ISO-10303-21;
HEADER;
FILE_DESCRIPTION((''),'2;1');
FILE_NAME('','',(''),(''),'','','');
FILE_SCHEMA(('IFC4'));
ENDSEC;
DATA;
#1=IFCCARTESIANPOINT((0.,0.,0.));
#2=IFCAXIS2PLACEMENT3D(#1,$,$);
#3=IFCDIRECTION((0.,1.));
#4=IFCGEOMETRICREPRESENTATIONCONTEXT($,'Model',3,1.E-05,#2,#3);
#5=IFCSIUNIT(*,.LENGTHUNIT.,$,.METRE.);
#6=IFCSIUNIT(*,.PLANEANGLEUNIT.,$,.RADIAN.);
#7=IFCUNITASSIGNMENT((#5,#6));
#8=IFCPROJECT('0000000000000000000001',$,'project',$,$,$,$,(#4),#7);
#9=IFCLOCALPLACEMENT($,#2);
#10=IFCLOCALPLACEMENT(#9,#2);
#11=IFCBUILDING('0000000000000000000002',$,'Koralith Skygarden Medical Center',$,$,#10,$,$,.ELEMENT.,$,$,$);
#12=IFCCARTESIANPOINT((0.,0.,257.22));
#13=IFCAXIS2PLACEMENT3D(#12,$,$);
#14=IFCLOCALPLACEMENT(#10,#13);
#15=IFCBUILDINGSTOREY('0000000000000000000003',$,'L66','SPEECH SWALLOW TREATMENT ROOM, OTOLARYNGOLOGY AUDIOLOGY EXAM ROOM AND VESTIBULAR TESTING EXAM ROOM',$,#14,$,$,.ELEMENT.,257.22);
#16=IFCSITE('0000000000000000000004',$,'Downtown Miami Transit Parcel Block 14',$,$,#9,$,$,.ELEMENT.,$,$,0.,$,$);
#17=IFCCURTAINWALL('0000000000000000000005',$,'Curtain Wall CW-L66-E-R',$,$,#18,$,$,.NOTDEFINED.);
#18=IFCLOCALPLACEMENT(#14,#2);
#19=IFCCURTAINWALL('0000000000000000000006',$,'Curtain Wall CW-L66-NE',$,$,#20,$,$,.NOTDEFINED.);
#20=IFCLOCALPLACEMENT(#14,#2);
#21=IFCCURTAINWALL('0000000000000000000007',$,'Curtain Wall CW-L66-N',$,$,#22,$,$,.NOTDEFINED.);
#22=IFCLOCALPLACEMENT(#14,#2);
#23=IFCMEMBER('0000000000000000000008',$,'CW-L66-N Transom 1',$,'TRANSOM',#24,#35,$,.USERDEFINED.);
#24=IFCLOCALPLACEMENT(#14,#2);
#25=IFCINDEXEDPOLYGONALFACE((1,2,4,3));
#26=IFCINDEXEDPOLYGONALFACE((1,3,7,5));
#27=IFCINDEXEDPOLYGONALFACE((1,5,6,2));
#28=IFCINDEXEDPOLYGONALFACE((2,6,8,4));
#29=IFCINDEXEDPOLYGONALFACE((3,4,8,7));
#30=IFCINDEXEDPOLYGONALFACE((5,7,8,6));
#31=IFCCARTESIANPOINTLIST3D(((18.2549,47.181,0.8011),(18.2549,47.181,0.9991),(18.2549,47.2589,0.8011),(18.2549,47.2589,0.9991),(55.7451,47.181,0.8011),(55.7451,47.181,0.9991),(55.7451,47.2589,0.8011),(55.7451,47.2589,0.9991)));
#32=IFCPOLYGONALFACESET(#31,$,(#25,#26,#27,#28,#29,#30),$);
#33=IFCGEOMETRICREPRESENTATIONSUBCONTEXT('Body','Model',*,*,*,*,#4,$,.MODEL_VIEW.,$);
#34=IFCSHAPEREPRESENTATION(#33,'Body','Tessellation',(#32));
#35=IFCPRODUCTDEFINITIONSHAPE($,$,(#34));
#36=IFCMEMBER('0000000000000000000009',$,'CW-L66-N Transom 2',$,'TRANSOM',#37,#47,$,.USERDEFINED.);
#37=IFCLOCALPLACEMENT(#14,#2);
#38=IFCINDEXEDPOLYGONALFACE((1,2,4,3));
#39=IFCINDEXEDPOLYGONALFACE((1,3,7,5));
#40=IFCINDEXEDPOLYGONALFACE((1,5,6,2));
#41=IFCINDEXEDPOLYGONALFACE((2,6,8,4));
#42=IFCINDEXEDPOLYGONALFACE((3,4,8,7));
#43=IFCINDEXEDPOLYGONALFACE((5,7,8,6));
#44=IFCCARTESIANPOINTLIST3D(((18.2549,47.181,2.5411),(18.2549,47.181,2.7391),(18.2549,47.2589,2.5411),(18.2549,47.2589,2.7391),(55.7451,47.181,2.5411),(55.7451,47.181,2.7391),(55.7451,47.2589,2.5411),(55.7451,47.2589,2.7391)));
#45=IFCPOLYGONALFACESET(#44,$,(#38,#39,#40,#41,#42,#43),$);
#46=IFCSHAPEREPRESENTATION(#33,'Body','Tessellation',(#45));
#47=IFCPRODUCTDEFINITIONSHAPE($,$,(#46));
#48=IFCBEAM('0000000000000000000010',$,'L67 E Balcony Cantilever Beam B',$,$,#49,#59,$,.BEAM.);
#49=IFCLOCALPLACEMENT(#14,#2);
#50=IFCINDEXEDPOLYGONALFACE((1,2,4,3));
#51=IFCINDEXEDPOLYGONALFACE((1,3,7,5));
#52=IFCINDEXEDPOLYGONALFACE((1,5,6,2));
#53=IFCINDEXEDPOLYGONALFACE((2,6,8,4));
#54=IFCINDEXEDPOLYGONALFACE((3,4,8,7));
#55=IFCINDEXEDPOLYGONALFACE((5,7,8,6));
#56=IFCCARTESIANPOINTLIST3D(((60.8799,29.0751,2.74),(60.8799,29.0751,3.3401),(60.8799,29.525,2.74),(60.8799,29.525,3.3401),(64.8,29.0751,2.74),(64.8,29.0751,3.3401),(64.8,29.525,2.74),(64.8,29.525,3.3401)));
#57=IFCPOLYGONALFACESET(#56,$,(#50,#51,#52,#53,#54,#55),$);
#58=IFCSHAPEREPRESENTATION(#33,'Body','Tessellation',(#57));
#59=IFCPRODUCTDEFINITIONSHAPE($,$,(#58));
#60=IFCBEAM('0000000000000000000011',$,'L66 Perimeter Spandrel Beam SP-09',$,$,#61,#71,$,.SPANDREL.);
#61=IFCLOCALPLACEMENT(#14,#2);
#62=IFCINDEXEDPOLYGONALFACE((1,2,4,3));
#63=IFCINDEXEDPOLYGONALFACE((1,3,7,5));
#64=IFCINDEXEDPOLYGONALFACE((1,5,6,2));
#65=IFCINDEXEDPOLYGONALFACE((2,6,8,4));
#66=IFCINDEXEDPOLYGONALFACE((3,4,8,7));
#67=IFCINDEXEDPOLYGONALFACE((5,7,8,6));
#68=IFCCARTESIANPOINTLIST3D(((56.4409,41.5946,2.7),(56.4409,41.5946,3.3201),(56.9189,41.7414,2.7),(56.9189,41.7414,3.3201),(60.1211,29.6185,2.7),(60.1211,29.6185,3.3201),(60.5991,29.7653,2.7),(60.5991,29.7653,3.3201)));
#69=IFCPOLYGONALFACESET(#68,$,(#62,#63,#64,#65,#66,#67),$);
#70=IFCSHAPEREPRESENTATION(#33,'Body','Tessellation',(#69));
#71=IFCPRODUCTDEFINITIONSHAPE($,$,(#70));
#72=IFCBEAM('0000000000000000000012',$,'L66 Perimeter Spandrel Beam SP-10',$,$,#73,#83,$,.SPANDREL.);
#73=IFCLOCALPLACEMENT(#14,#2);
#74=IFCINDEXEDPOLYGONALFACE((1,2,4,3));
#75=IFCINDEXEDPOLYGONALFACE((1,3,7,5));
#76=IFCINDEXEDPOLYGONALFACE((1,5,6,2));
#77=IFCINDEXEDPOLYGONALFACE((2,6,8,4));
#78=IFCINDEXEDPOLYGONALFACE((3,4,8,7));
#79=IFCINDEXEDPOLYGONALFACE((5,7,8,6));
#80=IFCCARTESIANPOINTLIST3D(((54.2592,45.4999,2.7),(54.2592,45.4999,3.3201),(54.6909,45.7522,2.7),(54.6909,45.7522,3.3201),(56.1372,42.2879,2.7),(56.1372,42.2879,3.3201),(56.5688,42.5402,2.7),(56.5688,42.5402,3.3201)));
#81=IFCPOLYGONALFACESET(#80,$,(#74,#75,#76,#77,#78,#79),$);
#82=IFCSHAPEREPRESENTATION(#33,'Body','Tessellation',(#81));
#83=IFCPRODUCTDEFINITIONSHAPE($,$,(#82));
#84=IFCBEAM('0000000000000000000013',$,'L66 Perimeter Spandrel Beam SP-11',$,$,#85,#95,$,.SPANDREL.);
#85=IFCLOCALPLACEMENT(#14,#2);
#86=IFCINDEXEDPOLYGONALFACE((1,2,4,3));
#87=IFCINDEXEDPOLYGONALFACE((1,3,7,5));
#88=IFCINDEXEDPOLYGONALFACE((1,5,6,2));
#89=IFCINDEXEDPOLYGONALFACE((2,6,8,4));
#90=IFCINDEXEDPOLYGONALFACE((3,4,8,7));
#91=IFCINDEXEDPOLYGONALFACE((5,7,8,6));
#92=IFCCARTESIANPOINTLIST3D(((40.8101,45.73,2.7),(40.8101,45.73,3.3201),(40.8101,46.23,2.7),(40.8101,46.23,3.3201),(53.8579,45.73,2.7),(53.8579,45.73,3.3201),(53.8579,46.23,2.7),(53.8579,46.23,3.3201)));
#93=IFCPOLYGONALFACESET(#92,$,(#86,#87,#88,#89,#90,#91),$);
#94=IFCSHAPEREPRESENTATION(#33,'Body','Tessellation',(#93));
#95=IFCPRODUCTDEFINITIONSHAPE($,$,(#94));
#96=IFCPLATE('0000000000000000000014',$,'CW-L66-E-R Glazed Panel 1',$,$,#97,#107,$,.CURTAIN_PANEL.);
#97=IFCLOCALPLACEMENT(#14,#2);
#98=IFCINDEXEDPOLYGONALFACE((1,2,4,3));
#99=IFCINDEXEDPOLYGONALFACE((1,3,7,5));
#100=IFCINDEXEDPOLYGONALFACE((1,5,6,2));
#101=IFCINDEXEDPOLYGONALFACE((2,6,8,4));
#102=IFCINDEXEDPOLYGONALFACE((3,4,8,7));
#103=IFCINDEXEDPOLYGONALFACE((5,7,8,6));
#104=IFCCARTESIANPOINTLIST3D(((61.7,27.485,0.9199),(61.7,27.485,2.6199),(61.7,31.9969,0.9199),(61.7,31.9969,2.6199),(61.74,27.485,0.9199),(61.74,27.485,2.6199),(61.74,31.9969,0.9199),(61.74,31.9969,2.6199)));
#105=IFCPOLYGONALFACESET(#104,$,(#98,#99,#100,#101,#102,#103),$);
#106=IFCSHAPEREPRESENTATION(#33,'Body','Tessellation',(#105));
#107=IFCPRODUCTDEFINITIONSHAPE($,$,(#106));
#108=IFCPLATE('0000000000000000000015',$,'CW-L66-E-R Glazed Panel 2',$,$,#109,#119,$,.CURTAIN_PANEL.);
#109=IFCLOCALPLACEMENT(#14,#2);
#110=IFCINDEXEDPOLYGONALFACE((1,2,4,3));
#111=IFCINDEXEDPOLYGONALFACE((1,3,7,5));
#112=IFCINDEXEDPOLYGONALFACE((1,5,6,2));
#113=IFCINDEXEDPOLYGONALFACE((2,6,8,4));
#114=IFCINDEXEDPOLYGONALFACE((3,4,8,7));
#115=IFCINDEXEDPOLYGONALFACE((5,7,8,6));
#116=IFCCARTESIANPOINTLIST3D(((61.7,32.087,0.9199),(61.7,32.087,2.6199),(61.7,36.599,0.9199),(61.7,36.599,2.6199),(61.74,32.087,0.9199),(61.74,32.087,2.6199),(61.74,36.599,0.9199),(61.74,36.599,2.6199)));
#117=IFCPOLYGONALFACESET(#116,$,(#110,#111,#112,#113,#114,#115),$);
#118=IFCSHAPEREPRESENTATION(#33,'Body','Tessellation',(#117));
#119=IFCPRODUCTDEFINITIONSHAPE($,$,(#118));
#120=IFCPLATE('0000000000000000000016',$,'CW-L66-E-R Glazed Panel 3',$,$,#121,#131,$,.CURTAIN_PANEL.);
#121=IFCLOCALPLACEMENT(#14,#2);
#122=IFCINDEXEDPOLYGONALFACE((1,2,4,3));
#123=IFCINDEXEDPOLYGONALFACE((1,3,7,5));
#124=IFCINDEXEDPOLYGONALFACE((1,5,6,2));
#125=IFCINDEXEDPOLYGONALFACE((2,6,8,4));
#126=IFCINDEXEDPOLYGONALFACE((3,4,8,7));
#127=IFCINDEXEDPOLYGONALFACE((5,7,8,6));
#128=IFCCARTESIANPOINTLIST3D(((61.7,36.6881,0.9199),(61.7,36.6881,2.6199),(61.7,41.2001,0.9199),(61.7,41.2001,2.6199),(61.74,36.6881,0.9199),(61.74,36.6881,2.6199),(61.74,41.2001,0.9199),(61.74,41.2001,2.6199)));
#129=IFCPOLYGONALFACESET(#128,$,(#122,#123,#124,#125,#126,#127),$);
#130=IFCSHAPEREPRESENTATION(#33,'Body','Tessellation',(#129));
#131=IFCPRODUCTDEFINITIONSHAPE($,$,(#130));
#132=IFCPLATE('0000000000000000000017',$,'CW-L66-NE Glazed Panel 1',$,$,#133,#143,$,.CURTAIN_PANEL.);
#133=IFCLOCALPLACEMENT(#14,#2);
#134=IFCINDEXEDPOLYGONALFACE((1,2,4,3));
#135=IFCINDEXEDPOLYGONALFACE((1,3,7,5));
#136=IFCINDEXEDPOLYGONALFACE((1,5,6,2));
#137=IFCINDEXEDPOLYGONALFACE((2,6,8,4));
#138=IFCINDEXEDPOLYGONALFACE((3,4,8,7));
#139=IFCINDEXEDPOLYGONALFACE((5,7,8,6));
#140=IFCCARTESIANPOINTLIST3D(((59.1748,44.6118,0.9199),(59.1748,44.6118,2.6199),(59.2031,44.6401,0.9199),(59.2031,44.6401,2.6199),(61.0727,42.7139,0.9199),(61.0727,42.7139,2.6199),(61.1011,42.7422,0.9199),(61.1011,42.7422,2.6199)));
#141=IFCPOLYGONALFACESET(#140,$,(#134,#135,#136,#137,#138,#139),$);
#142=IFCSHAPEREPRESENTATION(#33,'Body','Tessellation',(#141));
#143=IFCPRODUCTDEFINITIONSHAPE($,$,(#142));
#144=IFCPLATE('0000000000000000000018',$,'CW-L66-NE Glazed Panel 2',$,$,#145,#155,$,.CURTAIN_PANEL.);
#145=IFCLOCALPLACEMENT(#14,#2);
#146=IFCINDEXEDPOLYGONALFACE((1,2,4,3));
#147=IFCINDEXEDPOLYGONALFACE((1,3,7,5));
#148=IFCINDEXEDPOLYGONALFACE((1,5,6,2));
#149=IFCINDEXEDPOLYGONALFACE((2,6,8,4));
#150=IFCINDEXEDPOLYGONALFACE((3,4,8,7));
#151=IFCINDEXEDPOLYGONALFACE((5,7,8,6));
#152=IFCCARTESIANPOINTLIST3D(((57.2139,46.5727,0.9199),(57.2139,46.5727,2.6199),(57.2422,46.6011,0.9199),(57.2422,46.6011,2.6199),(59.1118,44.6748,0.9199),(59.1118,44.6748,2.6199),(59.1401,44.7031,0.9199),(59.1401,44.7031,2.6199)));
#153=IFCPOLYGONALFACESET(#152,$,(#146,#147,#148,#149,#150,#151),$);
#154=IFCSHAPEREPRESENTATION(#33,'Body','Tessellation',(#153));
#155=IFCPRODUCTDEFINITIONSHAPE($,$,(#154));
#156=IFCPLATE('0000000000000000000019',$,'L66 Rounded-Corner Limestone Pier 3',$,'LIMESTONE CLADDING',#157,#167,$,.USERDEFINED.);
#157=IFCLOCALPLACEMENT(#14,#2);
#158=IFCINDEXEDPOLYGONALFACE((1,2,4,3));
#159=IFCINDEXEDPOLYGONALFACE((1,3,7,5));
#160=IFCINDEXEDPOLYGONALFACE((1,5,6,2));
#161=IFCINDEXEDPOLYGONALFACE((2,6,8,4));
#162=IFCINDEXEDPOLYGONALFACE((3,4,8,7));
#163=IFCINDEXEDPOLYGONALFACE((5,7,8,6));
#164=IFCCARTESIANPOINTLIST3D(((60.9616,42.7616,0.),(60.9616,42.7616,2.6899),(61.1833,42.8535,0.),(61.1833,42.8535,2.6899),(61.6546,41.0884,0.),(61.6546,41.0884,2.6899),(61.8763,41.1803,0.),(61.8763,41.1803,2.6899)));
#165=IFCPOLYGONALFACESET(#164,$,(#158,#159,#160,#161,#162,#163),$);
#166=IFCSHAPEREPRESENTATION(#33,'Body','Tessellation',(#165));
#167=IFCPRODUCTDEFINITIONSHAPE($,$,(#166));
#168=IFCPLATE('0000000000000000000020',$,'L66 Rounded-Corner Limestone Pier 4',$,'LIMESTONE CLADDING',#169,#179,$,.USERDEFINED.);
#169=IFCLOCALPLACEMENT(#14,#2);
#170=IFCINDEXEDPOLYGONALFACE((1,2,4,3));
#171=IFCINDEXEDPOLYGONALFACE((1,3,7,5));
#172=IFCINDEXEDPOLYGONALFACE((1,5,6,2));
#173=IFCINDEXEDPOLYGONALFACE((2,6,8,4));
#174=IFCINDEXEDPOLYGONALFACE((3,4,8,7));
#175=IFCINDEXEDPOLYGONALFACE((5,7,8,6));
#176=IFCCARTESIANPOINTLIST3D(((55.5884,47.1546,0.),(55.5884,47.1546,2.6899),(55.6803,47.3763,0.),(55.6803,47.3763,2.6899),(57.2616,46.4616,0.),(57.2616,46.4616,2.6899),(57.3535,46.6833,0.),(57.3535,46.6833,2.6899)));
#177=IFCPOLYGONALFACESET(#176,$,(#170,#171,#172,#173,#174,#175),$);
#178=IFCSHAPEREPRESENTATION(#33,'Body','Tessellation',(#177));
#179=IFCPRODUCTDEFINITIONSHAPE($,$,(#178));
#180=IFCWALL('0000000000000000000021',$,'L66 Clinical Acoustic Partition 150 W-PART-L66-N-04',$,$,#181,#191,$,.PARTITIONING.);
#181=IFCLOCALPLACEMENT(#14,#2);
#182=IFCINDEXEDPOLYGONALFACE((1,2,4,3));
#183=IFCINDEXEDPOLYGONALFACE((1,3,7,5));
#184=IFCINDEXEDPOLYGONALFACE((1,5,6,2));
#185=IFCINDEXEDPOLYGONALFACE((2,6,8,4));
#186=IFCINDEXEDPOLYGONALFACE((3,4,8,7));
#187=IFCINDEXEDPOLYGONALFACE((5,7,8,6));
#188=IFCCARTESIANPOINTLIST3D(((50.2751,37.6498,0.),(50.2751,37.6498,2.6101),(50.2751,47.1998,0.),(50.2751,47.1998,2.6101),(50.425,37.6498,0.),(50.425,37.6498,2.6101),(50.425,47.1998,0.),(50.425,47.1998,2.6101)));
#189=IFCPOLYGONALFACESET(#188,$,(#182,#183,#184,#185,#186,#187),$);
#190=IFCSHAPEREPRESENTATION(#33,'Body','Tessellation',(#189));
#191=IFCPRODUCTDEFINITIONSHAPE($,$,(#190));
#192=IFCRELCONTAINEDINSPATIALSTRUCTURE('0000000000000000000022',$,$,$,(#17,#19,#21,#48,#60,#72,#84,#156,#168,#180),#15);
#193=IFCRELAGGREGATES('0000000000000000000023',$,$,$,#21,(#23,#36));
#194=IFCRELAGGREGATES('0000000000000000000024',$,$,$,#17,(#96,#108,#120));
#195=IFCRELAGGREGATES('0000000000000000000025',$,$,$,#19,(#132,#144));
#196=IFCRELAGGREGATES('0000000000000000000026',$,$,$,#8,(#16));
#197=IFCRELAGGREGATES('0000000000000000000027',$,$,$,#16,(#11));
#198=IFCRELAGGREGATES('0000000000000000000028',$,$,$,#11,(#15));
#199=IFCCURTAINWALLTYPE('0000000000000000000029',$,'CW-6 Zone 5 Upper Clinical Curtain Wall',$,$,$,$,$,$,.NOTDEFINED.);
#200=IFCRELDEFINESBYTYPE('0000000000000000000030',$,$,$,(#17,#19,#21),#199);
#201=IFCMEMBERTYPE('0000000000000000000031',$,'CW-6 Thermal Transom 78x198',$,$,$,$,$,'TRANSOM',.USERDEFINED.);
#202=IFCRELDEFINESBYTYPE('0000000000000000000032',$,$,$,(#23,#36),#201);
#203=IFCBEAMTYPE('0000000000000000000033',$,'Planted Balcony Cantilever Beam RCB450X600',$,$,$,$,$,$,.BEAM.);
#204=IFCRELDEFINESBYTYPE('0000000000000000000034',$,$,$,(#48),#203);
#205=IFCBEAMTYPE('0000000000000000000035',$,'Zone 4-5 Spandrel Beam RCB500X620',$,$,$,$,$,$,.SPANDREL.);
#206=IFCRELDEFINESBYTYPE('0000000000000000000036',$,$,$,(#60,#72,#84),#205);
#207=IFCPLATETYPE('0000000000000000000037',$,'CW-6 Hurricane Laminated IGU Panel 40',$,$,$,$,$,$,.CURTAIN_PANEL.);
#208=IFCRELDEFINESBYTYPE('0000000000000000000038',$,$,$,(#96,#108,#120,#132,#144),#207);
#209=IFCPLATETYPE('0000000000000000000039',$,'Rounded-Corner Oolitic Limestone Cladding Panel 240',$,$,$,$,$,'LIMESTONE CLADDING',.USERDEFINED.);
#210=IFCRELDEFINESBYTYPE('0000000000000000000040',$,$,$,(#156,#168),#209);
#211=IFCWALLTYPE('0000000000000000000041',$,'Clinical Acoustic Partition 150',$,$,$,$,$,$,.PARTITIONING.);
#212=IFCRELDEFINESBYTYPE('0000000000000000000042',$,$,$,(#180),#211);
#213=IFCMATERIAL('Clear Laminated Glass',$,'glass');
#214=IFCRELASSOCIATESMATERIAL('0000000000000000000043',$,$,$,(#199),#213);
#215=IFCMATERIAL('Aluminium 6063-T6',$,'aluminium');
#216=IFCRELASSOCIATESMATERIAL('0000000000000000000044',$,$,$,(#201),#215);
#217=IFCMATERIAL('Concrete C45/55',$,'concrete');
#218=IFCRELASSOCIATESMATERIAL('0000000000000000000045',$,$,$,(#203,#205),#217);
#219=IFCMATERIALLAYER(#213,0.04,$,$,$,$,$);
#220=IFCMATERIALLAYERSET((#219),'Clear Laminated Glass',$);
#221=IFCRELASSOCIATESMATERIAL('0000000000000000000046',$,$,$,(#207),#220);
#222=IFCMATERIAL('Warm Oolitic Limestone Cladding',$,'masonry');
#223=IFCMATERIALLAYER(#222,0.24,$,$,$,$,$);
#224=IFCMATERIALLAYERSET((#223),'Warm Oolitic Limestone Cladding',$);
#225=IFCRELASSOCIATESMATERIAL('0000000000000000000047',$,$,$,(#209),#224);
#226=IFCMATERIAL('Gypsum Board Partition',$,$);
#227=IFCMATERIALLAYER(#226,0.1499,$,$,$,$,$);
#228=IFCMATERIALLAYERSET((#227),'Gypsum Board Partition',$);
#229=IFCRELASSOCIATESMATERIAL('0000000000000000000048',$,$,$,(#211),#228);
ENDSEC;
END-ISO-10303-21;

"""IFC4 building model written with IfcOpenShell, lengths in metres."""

from ifc_helpers import new_model, si_unit, direction, frame, frame_2d, origin, origin_2d, place, context, subcontext, project, spatial, rectangle, extrude, material, layer, layer_set, material_profile, profile_set, type_object, element, aggregate, save


model = new_model("IFC4")

# Units and contexts
model_context = context("Model", 3, precision=1e-05, world=origin(), true_north=direction((0.0, 1.0)))
body_context = subcontext(model_context, "Body", "Model", "MODEL_VIEW")
ifc_project = project(units=[si_unit("LENGTHUNIT", "METRE"), si_unit("PLANEANGLEUNIT", "RADIAN")], contexts=[model_context])

# Site, building, storey
site_placement = place(None, origin())
site = spatial("IfcSite", under=ifc_project, at=site_placement, Name="Downtown Miami Transit Parcel Block 14", CompositionType="ELEMENT", RefElevation=0.0)
building_placement = place(site_placement, origin())
building = spatial("IfcBuilding", under=site, at=building_placement, Name="Koralith Skygarden Medical Center", CompositionType="ELEMENT")
storey_placement = place(building_placement, frame((0.0, 0.0, 257.22)))
storey = spatial("IfcBuildingStorey", under=building, at=storey_placement, Name="L66", Description="SPEECH SWALLOW TREATMENT ROOM, OTOLARYNGOLOGY AUDIOLOGY EXAM ROOM AND VESTIBULAR TESTING EXAM ROOM", CompositionType="ELEMENT", Elevation=257.22)

# Curtain walls
ifc_material_1 = material(Name="Clear Laminated Glass", Category="glass")
curtain_wall_type = type_object("IfcCurtainWallType", Name="CW-6 Zone 5 Upper Clinical Curtain Wall", PredefinedType="NOTDEFINED", material=ifc_material_1)
curtain_wall_1_placement = place(storey_placement, origin())
curtain_wall_1 = element("IfcCurtainWall", 1, at=curtain_wall_1_placement, inside=storey, type_object=curtain_wall_type, Name="Curtain Wall CW-L66-E-R", PredefinedType="NOTDEFINED")
ifc_material_2 = material(Name="Aluminium 6063-T6", Category="aluminium")
curtain_wall_2_placement = place(storey_placement, origin())
curtain_wall_2 = element("IfcCurtainWall", 2, at=curtain_wall_2_placement, inside=storey, type_object=curtain_wall_type, Name="Curtain Wall CW-L66-NE", PredefinedType="NOTDEFINED")

# Curtain wall
curtain_wall_3_placement = place(storey_placement, origin())
curtain_wall_3 = element("IfcCurtainWall", 3, at=curtain_wall_3_placement, inside=storey, type_object=curtain_wall_type, Name="Curtain Wall CW-L66-N", PredefinedType="NOTDEFINED")

# Members
ifc_material_profile_1 = material_profile(ifc_material_2, rectangle(XDim=0.0779, YDim=0.198, at=origin_2d()), Name="TRN78X198")
ifc_profile_set_1 = profile_set([ifc_material_profile_1], Name="Aluminium 6063-T6")
member_type_1 = type_object("IfcMemberType", Name="CW-6 Thermal Transom 78x198", ElementType="TRANSOM", PredefinedType="USERDEFINED", material=ifc_profile_set_1)
member_1_placement = place(storey_placement, frame((55.7451, 47.22, 0.9001), z_axis=(-1.0, 0.0, 0.0), x_axis=(0.0, -1.0, 0.0)))
member_1 = element("IfcMember", 4, at=member_1_placement, type_object=member_type_1, Name="CW-L66-N Transom 1", ObjectType="TRANSOM", PredefinedType="USERDEFINED", context=body_context, shape_type="SweptSolid", body=[
    extrude(rectangle(XDim=0.0779, YDim=0.198, at=origin_2d()), origin(), (0.0, 0.0, 1.0), 37.4902),
])
member_2_placement = place(storey_placement, frame((55.7451, 47.22, 2.6401), z_axis=(-1.0, 0.0, 0.0), x_axis=(0.0, -1.0, 0.0)))
member_2 = element("IfcMember", 5, at=member_2_placement, type_object=member_type_1, Name="CW-L66-N Transom 2", ObjectType="TRANSOM", PredefinedType="USERDEFINED", context=body_context, shape_type="SweptSolid", body=[
    extrude(rectangle(XDim=0.0779, YDim=0.198, at=origin_2d()), origin(), (0.0, 0.0, 1.0), 37.4902),
])
aggregate(curtain_wall_3, [member_1, member_2])

# Beams
ifc_material_3 = material(Name="Concrete C45/55", Category="concrete")
ifc_material_profile_2 = material_profile(ifc_material_3, rectangle(XDim=0.45, YDim=0.6001, at=origin_2d()), Name="RCB450X600")
ifc_profile_set_2 = profile_set([ifc_material_profile_2], Name="Concrete C45/55")
beam_type_1 = type_object("IfcBeamType", Name="Planted Balcony Cantilever Beam RCB450X600", PredefinedType="BEAM", material=ifc_profile_set_2)
beam_1_placement = place(storey_placement, frame((60.8799, 29.3, 3.04), z_axis=(1.0, 0.0, 0.0), x_axis=(0.0, 1.0, 0.0)))
element("IfcBeam", 6, at=beam_1_placement, inside=storey, type_object=beam_type_1, Name="L67 E Balcony Cantilever Beam B", PredefinedType="BEAM", context=body_context, shape_type="SweptSolid", body=[
    extrude(rectangle(XDim=0.45, YDim=0.6001, at=origin_2d()), origin(), (0.0, 0.0, 1.0), 3.9202),
])
ifc_material_profile_3 = material_profile(ifc_material_3, rectangle(XDim=0.5, YDim=0.6201, at=origin_2d()), Name="RCB500X620")
ifc_profile_set_3 = profile_set([ifc_material_profile_3], Name="Concrete C45/55")
beam_type_2 = type_object("IfcBeamType", Name="Zone 4-5 Spandrel Beam RCB500X620", PredefinedType="SPANDREL", material=ifc_profile_set_3)
beam_2_placement = place(storey_placement, frame((60.3601, 29.6919, 3.01), z_axis=(-0.293738, 0.955886, 0.0), x_axis=(-0.955886, -0.293738, 0.0)))
element("IfcBeam", 7, at=beam_2_placement, inside=storey, type_object=beam_type_2, Name="L66 Perimeter Spandrel Beam SP-09", PredefinedType="SPANDREL", context=body_context, shape_type="SweptSolid", body=[
    extrude(rectangle(XDim=0.5, YDim=0.6201, at=origin_2d()), origin(), (0.0, 0.0, 1.0), 12.5288),
])
beam_3_placement = place(storey_placement, frame((56.353, 42.4141, 3.01), z_axis=(-0.504736, 0.863274, 0.0), x_axis=(-0.863274, -0.504736, 0.0)))
element("IfcBeam", 8, at=beam_3_placement, inside=storey, type_object=beam_type_2, Name="L66 Perimeter Spandrel Beam SP-10", PredefinedType="SPANDREL", context=body_context, shape_type="SweptSolid", body=[
    extrude(rectangle(XDim=0.5, YDim=0.6201, at=origin_2d()), origin(), (0.0, 0.0, 1.0), 3.7207),
])
beam_4_placement = place(storey_placement, frame((53.8579, 45.98, 3.01), z_axis=(-1.0, 0.0, 0.0), x_axis=(0.0, -1.0, 0.0)))
element("IfcBeam", 9, at=beam_4_placement, inside=storey, type_object=beam_type_2, Name="L66 Perimeter Spandrel Beam SP-11", PredefinedType="SPANDREL", context=body_context, shape_type="SweptSolid", body=[
    extrude(rectangle(XDim=0.5, YDim=0.6201, at=origin_2d()), origin(), (0.0, 0.0, 1.0), 13.0479),
])

# Plates
ifc_layer_1 = layer(ifc_material_1, 0.04)
ifc_layer_set_1 = layer_set([ifc_layer_1], Name="Clear Laminated Glass")
plate_type_1 = type_object("IfcPlateType", Name="CW-6 Hurricane Laminated IGU Panel 40", PredefinedType="CURTAIN_PANEL", material=ifc_layer_set_1)
plate_1_placement = place(storey_placement, frame((61.72, 29.741, 0.9199), z_axis=(0.0, 0.0, 1.0), x_axis=(0.0, 1.0, 0.0)))
plate_1 = element("IfcPlate", 10, at=plate_1_placement, type_object=plate_type_1, Name="CW-L66-E-R Glazed Panel 1", PredefinedType="CURTAIN_PANEL", context=body_context, shape_type="SweptSolid", body=[
    extrude(rectangle(XDim=4.512, YDim=0.04, at=origin_2d()), origin(), (0.0, 0.0, 1.0), 1.7),
])
plate_2_placement = place(storey_placement, frame((61.72, 34.343, 0.9199), z_axis=(0.0, 0.0, 1.0), x_axis=(0.0, 1.0, 0.0)))
plate_2 = element("IfcPlate", 11, at=plate_2_placement, type_object=plate_type_1, Name="CW-L66-E-R Glazed Panel 2", PredefinedType="CURTAIN_PANEL", context=body_context, shape_type="SweptSolid", body=[
    extrude(rectangle(XDim=4.512, YDim=0.04, at=origin_2d()), origin(), (0.0, 0.0, 1.0), 1.7),
])
plate_3_placement = place(storey_placement, frame((61.72, 38.9441, 0.9199), z_axis=(0.0, 0.0, 1.0), x_axis=(0.0, 1.0, 0.0)))
plate_3 = element("IfcPlate", 12, at=plate_3_placement, type_object=plate_type_1, Name="CW-L66-E-R Glazed Panel 3", PredefinedType="CURTAIN_PANEL", context=body_context, shape_type="SweptSolid", body=[
    extrude(rectangle(XDim=4.512, YDim=0.04, at=origin_2d()), origin(), (0.0, 0.0, 1.0), 1.7),
])
aggregate(curtain_wall_1, [plate_1, plate_2, plate_3])
plate_4_placement = place(storey_placement, frame((60.1379, 43.677, 0.9199), z_axis=(0.0, 0.0, 1.0), x_axis=(-0.707107, 0.707107, 0.0)))
plate_4 = element("IfcPlate", 13, at=plate_4_placement, type_object=plate_type_1, Name="CW-L66-NE Glazed Panel 1", PredefinedType="CURTAIN_PANEL", context=body_context, shape_type="SweptSolid", body=[
    extrude(rectangle(XDim=2.6841, YDim=0.04, at=origin_2d()), origin(), (0.0, 0.0, 1.0), 1.7),
])
plate_5_placement = place(storey_placement, frame((58.177, 45.6379, 0.9199), z_axis=(0.0, 0.0, 1.0), x_axis=(-0.707107, 0.707107, 0.0)))
plate_5 = element("IfcPlate", 14, at=plate_5_placement, type_object=plate_type_1, Name="CW-L66-NE Glazed Panel 2", PredefinedType="CURTAIN_PANEL", context=body_context, shape_type="SweptSolid", body=[
    extrude(rectangle(XDim=2.6841, YDim=0.04, at=origin_2d()), origin(), (0.0, 0.0, 1.0), 1.7),
])
aggregate(curtain_wall_2, [plate_4, plate_5])

# Plates
ifc_material_4 = material(Name="Warm Oolitic Limestone Cladding", Category="masonry")
ifc_layer_2 = layer(ifc_material_4, 0.24)
ifc_layer_set_2 = layer_set([ifc_layer_2], Name="Warm Oolitic Limestone Cladding")
plate_type_2 = type_object("IfcPlateType", Name="Rounded-Corner Oolitic Limestone Cladding Panel 240", ElementType="LIMESTONE CLADDING", PredefinedType="USERDEFINED", material=ifc_layer_set_2)
for number, where, z_axis, x_axis, name in (
    (15, (61.4189, 41.9709, 0.0), (0.0, 0.0, 1.0), (-0.382671, 0.923885, 0.0), "L66 Rounded-Corner Limestone Pier 3"),
    (16, (56.4709, 46.9189, 0.0), (0.0, 0.0, 1.0), (-0.923885, 0.382671, 0.0), "L66 Rounded-Corner Limestone Pier 4"),
):
    element("IfcPlate", number, at=place(storey_placement, frame(where, z_axis=z_axis, x_axis=x_axis)), inside=storey, type_object=plate_type_2, Name=name, ObjectType="LIMESTONE CLADDING", PredefinedType="USERDEFINED", context=body_context, shape_type="SweptSolid", body=[
        extrude(rectangle(XDim=1.811, YDim=0.24, at=origin_2d()), origin(), (0.0, 0.0, 1.0), 2.6899),
    ])

# Wall
ifc_material_5 = material(Name="Gypsum Board Partition")
ifc_layer_3 = layer(ifc_material_5, 0.1499)
ifc_layer_set_3 = layer_set([ifc_layer_3], Name="Gypsum Board Partition")
wall_type_1 = type_object("IfcWallType", Name="Clinical Acoustic Partition 150", PredefinedType="PARTITIONING", material=ifc_layer_set_3)
wall_1_placement = place(storey_placement, frame((50.3501, 37.6499, 0.0), z_axis=(0.0, 0.0, 1.0), x_axis=(0.0, 1.0, 0.0)))
element("IfcWall", 17, at=wall_1_placement, inside=storey, type_object=wall_type_1, Name="L66 Clinical Acoustic Partition 150 W-PART-L66-N-04", PredefinedType="PARTITIONING", context=body_context, shape_type="SweptSolid", body=[
    extrude(rectangle(XDim=9.55, YDim=0.1499, at=frame_2d((4.7749, 0.0))), origin(), (0.0, 0.0, 1.0), 2.6101),
])

save(model, "model.ifc")
